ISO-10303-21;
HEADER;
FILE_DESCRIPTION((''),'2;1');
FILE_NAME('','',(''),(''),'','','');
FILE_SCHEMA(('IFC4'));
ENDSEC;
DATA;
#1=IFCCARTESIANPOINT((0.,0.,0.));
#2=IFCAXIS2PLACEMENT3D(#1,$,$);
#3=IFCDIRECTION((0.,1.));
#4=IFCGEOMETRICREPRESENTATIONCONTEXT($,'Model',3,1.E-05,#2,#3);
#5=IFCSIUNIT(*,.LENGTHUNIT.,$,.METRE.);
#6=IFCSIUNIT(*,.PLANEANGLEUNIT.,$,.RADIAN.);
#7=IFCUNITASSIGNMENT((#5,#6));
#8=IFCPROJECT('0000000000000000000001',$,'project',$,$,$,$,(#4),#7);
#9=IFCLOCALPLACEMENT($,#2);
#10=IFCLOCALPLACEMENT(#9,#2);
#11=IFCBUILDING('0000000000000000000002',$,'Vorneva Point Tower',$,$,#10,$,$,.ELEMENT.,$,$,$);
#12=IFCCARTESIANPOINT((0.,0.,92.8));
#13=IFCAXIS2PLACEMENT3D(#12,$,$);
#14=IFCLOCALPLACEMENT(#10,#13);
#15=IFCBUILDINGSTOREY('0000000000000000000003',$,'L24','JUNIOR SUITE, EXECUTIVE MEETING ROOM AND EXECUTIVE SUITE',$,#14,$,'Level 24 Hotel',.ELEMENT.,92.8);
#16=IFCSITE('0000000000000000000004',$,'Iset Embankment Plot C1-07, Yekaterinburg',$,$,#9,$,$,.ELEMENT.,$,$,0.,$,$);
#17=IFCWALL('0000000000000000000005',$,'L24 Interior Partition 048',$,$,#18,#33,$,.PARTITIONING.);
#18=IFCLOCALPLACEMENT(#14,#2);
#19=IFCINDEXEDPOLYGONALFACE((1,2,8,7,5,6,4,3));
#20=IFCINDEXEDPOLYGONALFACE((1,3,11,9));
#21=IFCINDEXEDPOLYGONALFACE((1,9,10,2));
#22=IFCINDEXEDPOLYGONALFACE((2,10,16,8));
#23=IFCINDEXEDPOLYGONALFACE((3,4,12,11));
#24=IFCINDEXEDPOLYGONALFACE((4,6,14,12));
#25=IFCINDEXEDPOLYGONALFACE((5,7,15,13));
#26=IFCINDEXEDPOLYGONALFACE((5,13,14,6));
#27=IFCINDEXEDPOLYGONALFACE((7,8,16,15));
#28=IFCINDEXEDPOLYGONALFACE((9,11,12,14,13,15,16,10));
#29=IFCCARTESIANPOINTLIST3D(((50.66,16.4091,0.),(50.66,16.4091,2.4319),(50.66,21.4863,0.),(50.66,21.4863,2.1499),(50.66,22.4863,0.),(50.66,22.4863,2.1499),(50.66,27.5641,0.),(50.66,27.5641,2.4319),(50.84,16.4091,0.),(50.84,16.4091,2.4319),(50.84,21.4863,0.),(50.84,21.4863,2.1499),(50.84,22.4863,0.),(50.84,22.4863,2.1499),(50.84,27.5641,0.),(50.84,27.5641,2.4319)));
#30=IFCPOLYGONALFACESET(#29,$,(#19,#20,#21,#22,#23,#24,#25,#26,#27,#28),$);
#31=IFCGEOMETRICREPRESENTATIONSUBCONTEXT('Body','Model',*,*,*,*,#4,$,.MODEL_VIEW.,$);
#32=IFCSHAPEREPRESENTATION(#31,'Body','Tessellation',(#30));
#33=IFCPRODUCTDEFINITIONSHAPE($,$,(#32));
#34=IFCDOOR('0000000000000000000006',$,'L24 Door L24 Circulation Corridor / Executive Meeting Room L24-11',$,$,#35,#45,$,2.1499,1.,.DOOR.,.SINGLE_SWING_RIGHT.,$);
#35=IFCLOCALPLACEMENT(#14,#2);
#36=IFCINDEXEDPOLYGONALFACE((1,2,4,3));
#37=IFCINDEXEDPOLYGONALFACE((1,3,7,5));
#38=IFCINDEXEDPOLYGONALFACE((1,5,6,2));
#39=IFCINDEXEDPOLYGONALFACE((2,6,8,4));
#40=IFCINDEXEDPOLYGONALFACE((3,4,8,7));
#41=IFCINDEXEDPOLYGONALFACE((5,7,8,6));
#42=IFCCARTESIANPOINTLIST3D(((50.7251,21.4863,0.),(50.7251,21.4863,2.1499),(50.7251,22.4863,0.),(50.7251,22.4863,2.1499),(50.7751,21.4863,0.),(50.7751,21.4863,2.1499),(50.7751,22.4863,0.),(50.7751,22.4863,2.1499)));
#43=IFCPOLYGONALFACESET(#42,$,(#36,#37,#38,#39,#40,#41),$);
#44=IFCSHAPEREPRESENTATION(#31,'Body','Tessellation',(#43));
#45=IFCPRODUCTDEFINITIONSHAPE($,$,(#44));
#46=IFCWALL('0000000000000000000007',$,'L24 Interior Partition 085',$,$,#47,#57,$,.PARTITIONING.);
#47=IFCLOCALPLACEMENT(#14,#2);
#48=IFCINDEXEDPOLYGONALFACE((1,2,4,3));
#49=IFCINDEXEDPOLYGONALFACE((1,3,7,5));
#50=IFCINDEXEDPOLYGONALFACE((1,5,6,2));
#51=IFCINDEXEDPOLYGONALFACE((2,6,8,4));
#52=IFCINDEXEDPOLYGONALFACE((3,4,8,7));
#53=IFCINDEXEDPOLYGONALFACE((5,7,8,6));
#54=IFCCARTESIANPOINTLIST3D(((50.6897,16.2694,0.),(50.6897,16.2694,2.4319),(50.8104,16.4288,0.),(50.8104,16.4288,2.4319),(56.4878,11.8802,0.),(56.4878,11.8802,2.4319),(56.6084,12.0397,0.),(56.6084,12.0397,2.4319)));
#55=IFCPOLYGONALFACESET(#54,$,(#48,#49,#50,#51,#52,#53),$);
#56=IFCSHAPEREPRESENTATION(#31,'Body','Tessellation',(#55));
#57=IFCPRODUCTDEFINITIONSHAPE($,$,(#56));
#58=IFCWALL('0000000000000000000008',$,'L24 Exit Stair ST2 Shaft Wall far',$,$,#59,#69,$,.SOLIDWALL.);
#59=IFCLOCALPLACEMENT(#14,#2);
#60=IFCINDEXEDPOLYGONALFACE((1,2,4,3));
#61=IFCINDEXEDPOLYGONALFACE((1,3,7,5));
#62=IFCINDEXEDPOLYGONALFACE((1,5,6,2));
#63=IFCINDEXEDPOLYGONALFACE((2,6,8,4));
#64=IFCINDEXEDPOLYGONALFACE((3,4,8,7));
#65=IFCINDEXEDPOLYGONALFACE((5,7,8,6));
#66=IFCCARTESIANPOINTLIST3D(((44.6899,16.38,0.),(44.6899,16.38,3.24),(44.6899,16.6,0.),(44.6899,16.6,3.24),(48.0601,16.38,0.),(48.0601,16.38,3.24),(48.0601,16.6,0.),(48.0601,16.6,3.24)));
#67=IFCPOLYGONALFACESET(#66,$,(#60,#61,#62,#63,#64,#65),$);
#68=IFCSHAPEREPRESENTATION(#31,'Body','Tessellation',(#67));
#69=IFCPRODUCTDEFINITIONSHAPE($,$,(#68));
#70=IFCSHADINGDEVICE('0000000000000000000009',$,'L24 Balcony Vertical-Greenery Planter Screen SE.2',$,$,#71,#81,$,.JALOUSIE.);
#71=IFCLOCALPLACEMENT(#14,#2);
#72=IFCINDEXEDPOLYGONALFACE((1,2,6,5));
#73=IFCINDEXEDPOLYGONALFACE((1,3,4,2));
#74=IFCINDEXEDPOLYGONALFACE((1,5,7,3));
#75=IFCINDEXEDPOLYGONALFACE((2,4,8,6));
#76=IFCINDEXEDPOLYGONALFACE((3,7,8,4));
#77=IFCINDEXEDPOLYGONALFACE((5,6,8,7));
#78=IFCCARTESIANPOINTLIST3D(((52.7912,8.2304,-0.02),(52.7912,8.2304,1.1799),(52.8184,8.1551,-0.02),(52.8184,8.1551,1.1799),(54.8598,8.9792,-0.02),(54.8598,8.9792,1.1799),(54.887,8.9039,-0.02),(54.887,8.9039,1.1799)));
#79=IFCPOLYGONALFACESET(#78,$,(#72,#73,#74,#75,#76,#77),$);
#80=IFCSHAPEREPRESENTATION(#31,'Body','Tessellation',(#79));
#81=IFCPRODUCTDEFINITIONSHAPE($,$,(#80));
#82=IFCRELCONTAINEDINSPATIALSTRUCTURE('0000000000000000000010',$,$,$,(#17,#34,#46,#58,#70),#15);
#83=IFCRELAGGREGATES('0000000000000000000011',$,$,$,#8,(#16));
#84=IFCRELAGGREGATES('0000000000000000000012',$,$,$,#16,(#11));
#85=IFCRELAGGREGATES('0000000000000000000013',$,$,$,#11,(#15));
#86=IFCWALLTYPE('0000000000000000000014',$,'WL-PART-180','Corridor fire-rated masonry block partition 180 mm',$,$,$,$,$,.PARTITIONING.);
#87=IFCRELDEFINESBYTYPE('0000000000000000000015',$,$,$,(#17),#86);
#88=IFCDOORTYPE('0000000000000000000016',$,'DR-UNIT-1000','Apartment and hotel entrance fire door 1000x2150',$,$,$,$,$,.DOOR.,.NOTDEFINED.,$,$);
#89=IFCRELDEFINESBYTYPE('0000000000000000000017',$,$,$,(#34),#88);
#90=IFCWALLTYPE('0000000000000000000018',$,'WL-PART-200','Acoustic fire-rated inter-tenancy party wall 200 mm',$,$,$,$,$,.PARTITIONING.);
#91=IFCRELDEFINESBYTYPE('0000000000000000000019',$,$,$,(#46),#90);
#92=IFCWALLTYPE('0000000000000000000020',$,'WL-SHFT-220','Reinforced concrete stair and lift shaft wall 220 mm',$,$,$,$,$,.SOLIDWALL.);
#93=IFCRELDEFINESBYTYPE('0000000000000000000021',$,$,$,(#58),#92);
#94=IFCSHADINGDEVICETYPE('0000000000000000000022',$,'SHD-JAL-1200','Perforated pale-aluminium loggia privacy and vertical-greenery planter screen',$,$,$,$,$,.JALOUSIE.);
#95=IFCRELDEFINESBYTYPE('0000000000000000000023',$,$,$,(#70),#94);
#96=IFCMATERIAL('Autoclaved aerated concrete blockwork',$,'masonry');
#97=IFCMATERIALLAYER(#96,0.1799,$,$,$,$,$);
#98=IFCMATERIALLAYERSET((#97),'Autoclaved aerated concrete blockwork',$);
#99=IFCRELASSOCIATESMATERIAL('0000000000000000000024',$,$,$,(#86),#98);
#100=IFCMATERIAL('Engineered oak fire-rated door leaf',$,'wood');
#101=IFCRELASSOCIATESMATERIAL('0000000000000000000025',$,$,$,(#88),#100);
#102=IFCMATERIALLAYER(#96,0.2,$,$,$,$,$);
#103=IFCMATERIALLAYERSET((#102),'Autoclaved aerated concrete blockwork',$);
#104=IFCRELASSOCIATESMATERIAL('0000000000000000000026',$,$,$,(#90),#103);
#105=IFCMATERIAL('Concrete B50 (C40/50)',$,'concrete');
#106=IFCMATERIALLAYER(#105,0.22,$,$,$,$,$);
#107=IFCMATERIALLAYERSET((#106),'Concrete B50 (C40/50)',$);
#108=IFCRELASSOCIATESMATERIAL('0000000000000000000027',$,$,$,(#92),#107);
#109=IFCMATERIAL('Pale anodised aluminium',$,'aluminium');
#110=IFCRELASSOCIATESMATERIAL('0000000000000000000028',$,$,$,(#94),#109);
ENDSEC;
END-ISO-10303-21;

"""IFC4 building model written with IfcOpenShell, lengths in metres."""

from ifc_helpers import new_model, si_unit, direction, frame, frame_2d, origin, origin_2d, place, context, subcontext, project, spatial, rectangle, extrude, material, layer, layer_set, type_object, element, fill, save


model = new_model("IFC4")

# Units and contexts
model_context = context("Model", 3, precision=1e-05, world=origin(), true_north=direction((0.0, 1.0)))
body_context = subcontext(model_context, "Body", "Model", "MODEL_VIEW")
ifc_project = project(units=[si_unit("LENGTHUNIT", "METRE"), si_unit("PLANEANGLEUNIT", "RADIAN")], contexts=[model_context])

# Site, building, storey
site_placement = place(None, origin())
site = spatial("IfcSite", under=ifc_project, at=site_placement, Name="Iset Embankment Plot C1-07, Yekaterinburg", CompositionType="ELEMENT", RefElevation=0.0)
building_placement = place(site_placement, origin())
building = spatial("IfcBuilding", under=site, at=building_placement, Name="Vorneva Point Tower", CompositionType="ELEMENT")
storey_placement = place(building_placement, frame((0.0, 0.0, 92.8)))
storey = spatial("IfcBuildingStorey", under=building, at=storey_placement, Name="L24", Description="JUNIOR SUITE, EXECUTIVE MEETING ROOM AND EXECUTIVE SUITE", LongName="Level 24 Hotel", CompositionType="ELEMENT", Elevation=92.8)

# Shared definitions
ifc_material_1 = material(Name="Pale anodised aluminium", Category="aluminium")

# Shared definitions
ifc_material_2 = material(Name="Autoclaved aerated concrete blockwork", Category="masonry")
ifc_layer_1 = layer(ifc_material_2, 0.1799)
ifc_layer_set_1 = layer_set([ifc_layer_1], Name="Autoclaved aerated concrete blockwork")
wall_type_1 = type_object("IfcWallType", Name="WL-PART-180", Description="Corridor fire-rated masonry block partition 180 mm", PredefinedType="PARTITIONING", material=ifc_layer_set_1)

# Wall, opening, door
wall_1_placement = place(storey_placement, frame((50.75, 16.4089, 0.0), z_axis=(0.0, 0.0, 1.0), x_axis=(0.0, 1.0, 0.0)))
wall_1 = element("IfcWall", 1, at=wall_1_placement, inside=storey, type_object=wall_type_1, Name="L24 Interior Partition 048", PredefinedType="PARTITIONING", context=body_context, shape_type="SweptSolid", body=[
    extrude(rectangle(XDim=11.155, YDim=0.1799, at=frame_2d((5.5776, 0.0))), origin(), (0.0, 0.0, 1.0), 2.4319),
])
opening_1_placement = place(wall_1_placement, frame((5.0774, 0.0, 0.0)))
opening_1 = element("IfcOpeningElement", 2, at=opening_1_placement, cuts=wall_1, PredefinedType="OPENING", context=body_context, shape_type="SweptSolid", body=[
    extrude(rectangle(XDim=1.0, YDim=2.1499, at=frame_2d((0.5, 1.075))), frame((0.0, 0.105, 0.0), z_axis=(0.0, -1.0, 0.0), x_axis=(1.0, 0.0, 0.0)), (0.0, 0.0, 1.0), 0.2097),
])
ifc_material_3 = material(Name="Engineered oak fire-rated door leaf", Category="wood")
door_type_1 = type_object("IfcDoorType", Name="DR-UNIT-1000", Description="Apartment and hotel entrance fire door 1000x2150", OperationType="NOTDEFINED", PredefinedType="DOOR", material=ifc_material_3)
door_1_placement = place(opening_1_placement, origin())
door_1 = element("IfcDoor", 3, at=door_1_placement, inside=storey, type_object=door_type_1, Name="L24 Door L24 Circulation Corridor / Executive Meeting Room L24-11", OperationType="SINGLE_SWING_RIGHT", OverallHeight=2.1499, OverallWidth=1.0, PredefinedType="DOOR", context=body_context, shape_type="SweptSolid", body=[
    extrude(rectangle(XDim=1.0, YDim=2.1499, at=frame_2d((0.5, 1.075))), frame((0.0, 0.0249, 0.0), z_axis=(0.0, -1.0, 0.0), x_axis=(1.0, 0.0, 0.0)), (0.0, 0.0, 1.0), 0.05),
])
fill(opening_1, door_1)

# Walls
ifc_layer_2 = layer(ifc_material_2, 0.2)
ifc_layer_set_2 = layer_set([ifc_layer_2], Name="Autoclaved aerated concrete blockwork")
wall_type_2 = type_object("IfcWallType", Name="WL-PART-200", Description="Acoustic fire-rated inter-tenancy party wall 200 mm", PredefinedType="PARTITIONING", material=ifc_layer_set_2)
wall_2_placement = place(storey_placement, frame((56.5481, 11.96, 0.0), z_axis=(0.0, 0.0, 1.0), x_axis=(-0.797313, 0.603566, 0.0)))
element("IfcWall", 4, at=wall_2_placement, inside=storey, type_object=wall_type_2, Name="L24 Interior Partition 085", PredefinedType="PARTITIONING", context=body_context, shape_type="SweptSolid", body=[
    extrude(rectangle(XDim=7.272, YDim=0.2, at=frame_2d((3.636, 0.0))), origin(), (0.0, 0.0, 1.0), 2.4319),
])
ifc_material_4 = material(Name="Concrete B50 (C40/50)", Category="concrete")
ifc_layer_3 = layer(ifc_material_4, 0.22)
ifc_layer_set_3 = layer_set([ifc_layer_3], Name="Concrete B50 (C40/50)")
wall_type_3 = type_object("IfcWallType", Name="WL-SHFT-220", Description="Reinforced concrete stair and lift shaft wall 220 mm", PredefinedType="SOLIDWALL", material=ifc_layer_set_3)
wall_3_placement = place(storey_placement, frame((48.0601, 16.49, 0.0), z_axis=(0.0, 0.0, 1.0), x_axis=(-1.0, 0.0, 0.0)))
element("IfcWall", 5, at=wall_3_placement, inside=storey, type_object=wall_type_3, Name="L24 Exit Stair ST2 Shaft Wall far", PredefinedType="SOLIDWALL", context=body_context, shape_type="SweptSolid", body=[
    extrude(rectangle(XDim=3.3701, YDim=0.22, at=frame_2d((1.6851, 0.0))), origin(), (0.0, 0.0, 1.0), 3.24),
])

# Shading device
shading_device_type = type_object("IfcShadingDeviceType", Name="SHD-JAL-1200", Description="Perforated pale-aluminium loggia privacy and vertical-greenery planter screen", PredefinedType="JALOUSIE", material=ifc_material_1)
shading_device_placement = place(storey_placement, frame((53.8391, 8.5671, -0.02), z_axis=(0.0, 0.0, 1.0), x_axis=(0.940294, 0.340363, 0.0)))
element("IfcShadingDevice", 6, at=shading_device_placement, inside=storey, type_object=shading_device_type, Name="L24 Balcony Vertical-Greenery Planter Screen SE.2", PredefinedType="JALOUSIE", context=body_context, shape_type="SweptSolid", body=[
    extrude(rectangle(XDim=2.2, YDim=0.0801, at=origin_2d()), origin(), (0.0, 0.0, 1.0), 1.2),
])

save(model, "model.ifc")
